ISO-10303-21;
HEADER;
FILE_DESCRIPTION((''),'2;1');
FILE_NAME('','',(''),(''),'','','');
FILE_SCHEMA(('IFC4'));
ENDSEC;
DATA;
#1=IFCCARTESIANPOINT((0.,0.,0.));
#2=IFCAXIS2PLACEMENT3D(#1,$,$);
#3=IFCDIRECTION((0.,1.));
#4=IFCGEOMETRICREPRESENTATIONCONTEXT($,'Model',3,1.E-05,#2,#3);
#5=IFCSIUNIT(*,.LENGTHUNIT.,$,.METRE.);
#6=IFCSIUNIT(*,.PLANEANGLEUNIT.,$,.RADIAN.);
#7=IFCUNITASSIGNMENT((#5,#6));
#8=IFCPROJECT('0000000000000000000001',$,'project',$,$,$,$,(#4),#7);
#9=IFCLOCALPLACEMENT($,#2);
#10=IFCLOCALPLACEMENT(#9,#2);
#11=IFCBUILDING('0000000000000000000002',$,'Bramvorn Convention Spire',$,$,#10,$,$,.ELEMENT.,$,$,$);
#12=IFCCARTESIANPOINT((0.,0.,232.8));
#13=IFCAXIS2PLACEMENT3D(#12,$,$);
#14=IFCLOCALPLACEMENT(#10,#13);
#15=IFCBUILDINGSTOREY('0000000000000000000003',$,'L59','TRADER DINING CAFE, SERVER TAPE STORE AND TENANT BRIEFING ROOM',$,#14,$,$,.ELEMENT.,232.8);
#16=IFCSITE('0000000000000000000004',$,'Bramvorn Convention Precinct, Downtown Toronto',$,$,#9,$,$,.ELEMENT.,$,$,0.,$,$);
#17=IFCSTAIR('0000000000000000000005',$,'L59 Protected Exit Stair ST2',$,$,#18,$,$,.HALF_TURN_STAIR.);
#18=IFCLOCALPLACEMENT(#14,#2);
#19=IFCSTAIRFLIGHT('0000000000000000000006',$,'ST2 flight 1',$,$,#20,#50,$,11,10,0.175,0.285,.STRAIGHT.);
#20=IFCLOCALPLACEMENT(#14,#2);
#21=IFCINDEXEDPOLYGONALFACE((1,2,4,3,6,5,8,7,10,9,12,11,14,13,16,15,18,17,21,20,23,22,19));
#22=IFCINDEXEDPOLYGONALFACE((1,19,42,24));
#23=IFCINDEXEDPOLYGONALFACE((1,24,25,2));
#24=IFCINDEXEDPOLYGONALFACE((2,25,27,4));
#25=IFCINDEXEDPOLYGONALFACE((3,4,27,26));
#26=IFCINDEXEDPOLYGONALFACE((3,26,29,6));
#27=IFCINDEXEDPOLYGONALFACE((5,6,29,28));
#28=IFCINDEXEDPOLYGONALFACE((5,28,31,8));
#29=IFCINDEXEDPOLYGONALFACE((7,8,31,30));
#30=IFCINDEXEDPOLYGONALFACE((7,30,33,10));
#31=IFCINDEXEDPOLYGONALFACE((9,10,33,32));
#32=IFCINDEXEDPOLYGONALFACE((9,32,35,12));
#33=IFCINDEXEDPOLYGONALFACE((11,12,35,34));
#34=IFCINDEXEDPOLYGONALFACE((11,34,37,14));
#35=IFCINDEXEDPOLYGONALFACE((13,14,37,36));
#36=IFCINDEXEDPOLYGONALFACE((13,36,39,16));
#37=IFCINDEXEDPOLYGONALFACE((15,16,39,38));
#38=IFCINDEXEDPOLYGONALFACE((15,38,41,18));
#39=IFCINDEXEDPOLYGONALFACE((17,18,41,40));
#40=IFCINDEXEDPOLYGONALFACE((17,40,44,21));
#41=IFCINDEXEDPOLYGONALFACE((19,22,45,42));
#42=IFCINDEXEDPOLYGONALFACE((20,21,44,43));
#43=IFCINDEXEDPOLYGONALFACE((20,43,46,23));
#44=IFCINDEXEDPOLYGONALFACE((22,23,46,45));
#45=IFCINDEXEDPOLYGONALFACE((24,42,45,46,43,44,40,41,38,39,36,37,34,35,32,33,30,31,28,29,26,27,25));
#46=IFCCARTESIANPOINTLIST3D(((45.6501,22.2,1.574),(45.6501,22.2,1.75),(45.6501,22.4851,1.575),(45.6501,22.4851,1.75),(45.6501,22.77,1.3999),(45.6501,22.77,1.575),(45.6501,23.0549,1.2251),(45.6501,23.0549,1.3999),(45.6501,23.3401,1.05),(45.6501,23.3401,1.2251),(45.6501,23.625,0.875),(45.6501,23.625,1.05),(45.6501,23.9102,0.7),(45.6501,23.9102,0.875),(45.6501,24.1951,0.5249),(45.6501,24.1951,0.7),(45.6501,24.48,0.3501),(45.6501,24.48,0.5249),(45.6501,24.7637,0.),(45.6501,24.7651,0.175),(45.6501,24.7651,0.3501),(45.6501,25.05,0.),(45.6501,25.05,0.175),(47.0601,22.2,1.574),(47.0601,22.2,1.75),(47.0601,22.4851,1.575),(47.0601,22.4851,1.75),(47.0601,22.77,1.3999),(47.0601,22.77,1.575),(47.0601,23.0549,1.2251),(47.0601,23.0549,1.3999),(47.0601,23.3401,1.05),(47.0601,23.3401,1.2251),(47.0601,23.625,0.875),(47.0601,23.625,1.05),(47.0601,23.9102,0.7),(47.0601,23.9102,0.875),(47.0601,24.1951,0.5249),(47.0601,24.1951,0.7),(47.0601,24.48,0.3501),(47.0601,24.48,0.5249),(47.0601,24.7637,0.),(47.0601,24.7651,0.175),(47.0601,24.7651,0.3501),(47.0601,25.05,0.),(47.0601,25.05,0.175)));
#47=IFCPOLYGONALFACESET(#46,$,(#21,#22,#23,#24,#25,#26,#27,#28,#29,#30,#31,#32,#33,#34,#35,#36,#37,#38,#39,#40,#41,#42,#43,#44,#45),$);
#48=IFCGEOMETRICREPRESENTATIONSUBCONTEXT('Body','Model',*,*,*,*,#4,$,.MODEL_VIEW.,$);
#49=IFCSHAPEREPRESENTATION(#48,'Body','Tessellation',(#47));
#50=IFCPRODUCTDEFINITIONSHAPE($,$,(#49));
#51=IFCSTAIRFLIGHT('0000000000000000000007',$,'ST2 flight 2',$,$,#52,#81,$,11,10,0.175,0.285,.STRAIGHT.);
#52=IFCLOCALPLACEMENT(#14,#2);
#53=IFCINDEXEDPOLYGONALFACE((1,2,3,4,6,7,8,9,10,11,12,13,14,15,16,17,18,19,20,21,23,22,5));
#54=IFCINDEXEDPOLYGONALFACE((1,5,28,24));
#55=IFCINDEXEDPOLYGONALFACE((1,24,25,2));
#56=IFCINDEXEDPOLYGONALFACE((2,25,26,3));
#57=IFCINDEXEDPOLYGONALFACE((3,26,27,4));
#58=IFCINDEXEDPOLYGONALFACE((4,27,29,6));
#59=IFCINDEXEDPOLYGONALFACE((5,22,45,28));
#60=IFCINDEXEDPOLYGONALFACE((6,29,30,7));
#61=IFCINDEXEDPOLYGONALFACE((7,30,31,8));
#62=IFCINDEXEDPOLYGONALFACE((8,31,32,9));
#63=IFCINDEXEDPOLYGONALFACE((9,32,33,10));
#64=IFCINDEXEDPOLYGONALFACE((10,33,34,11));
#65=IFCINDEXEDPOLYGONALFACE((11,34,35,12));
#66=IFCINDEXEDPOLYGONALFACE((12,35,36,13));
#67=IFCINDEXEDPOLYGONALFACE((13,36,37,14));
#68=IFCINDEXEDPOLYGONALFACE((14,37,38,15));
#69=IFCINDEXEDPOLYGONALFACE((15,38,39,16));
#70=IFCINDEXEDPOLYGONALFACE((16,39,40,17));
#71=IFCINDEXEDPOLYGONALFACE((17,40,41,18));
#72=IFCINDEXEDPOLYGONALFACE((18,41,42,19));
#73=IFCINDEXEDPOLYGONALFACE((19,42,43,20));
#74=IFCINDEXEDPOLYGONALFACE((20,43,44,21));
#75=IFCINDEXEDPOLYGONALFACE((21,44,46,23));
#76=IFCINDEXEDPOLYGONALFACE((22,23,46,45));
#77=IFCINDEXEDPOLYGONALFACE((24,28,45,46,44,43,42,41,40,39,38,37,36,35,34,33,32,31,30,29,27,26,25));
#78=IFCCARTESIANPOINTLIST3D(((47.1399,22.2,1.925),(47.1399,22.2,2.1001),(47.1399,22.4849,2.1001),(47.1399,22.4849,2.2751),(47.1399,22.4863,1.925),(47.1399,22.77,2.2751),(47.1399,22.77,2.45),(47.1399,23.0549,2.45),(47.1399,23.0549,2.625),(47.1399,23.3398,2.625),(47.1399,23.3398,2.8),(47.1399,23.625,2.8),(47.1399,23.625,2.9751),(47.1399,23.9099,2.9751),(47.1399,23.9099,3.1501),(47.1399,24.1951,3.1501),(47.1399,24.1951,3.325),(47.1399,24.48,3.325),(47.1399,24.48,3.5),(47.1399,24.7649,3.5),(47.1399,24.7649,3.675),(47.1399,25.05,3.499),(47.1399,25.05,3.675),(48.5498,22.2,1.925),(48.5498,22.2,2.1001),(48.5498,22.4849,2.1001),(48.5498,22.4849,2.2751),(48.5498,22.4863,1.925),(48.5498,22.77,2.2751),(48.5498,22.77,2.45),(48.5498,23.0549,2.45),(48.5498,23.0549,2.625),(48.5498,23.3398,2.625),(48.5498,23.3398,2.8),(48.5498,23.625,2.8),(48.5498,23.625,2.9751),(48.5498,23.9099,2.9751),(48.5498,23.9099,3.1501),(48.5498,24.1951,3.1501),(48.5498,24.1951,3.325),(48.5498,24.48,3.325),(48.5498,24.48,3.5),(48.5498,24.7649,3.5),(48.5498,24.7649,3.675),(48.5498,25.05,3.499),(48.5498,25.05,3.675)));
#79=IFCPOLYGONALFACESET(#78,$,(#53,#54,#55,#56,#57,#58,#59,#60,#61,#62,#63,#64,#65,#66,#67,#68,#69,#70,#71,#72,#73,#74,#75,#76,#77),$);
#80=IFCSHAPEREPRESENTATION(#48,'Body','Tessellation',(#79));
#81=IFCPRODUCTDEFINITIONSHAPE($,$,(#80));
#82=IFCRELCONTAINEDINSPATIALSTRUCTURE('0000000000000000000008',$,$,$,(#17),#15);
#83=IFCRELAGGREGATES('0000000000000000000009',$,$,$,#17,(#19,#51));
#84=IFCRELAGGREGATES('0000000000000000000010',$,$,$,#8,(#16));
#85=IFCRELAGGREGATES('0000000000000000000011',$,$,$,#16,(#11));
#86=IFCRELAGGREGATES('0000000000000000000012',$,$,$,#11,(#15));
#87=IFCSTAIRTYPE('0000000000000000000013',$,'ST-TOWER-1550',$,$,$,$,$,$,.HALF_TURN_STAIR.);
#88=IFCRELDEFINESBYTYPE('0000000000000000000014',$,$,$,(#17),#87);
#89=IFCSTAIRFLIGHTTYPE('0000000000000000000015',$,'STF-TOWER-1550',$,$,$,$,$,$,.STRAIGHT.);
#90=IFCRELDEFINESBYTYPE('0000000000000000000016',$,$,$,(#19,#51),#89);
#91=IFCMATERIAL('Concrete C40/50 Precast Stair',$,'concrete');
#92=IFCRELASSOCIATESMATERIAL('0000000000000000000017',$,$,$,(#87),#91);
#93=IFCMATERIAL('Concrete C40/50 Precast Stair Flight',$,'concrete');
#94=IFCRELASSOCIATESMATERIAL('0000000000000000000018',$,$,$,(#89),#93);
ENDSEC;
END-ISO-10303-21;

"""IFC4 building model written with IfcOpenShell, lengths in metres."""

from ifc_helpers import new_model, si_unit, direction, frame, origin, place, context, subcontext, project, spatial, polyline, outline, extrude, material, type_object, element, aggregate, save


model = new_model("IFC4")

# Units and contexts
model_context = context("Model", 3, precision=1e-05, world=origin(), true_north=direction((0.0, 1.0)))
body_context = subcontext(model_context, "Body", "Model", "MODEL_VIEW")
ifc_project = project(units=[si_unit("LENGTHUNIT", "METRE"), si_unit("PLANEANGLEUNIT", "RADIAN")], contexts=[model_context])

# Site, building, storey
site_placement = place(None, origin())
site = spatial("IfcSite", under=ifc_project, at=site_placement, Name="Bramvorn Convention Precinct, Downtown Toronto", CompositionType="ELEMENT", RefElevation=0.0)
building_placement = place(site_placement, origin())
building = spatial("IfcBuilding", under=site, at=building_placement, Name="Bramvorn Convention Spire", CompositionType="ELEMENT")
storey_placement = place(building_placement, frame((0.0, 0.0, 232.8)))
storey = spatial("IfcBuildingStorey", under=building, at=storey_placement, Name="L59", Description="TRADER DINING CAFE, SERVER TAPE STORE AND TENANT BRIEFING ROOM", CompositionType="ELEMENT", Elevation=232.8)

# Stair, stair flights
ifc_material_1 = material(Name="Concrete C40/50 Precast Stair", Category="concrete")
stair_type = type_object("IfcStairType", Name="ST-TOWER-1550", PredefinedType="HALF_TURN_STAIR", material=ifc_material_1)
stair_placement = place(storey_placement, origin())
stair = element("IfcStair", 1, at=stair_placement, inside=storey, type_object=stair_type, Name="L59 Protected Exit Stair ST2", PredefinedType="HALF_TURN_STAIR")
ifc_material_2 = material(Name="Concrete C40/50 Precast Stair Flight", Category="concrete")
stair_flight_type = type_object("IfcStairFlightType", Name="STF-TOWER-1550", PredefinedType="STRAIGHT", material=ifc_material_2)
stair_flight_1_placement = place(storey_placement, frame((46.355, 25.05, 0.0), z_axis=(0.0, 0.0, 1.0), x_axis=(0.0, -1.0, 0.0)))
stair_flight_1 = element("IfcStairFlight", 2, at=stair_flight_1_placement, type_object=stair_flight_type, Name="ST2 flight 1", NumberOfRisers=11, NumberOfTreads=10, PredefinedType="STRAIGHT", RiserHeight=0.175, TreadLength=0.285, context=body_context, shape_type="SweptSolid", body=[
    extrude(outline(polyline([(0.0, 0.0), (0.0, 0.175), (0.2849, 0.175), (0.2849, 0.3501), (0.5701, 0.3501), (0.5701, 0.5249), (0.855, 0.5249), (0.855, 0.7), (1.1399, 0.7), (1.1399, 0.875), (1.425, 0.875), (1.425, 1.05), (1.71, 1.05), (1.71, 1.2251), (1.9951, 1.2251), (1.9951, 1.3999), (2.28, 1.3999), (2.28, 1.575), (2.5649, 1.575), (2.5649, 1.75), (2.8501, 1.75), (2.8501, 1.925), (2.8501, 1.574), (0.2864, 0.0), (0.0, 0.0)])), frame((0.0, 0.7051, 0.0), z_axis=(0.0, -1.0, 0.0), x_axis=(1.0, 0.0, 0.0)), (0.0, 0.0, 1.0), 1.4099),
])
stair_flight_2_placement = place(storey_placement, frame((47.845, 22.2, 1.925), z_axis=(0.0, 0.0, 1.0), x_axis=(0.0, 1.0, 0.0)))
stair_flight_2 = element("IfcStairFlight", 3, at=stair_flight_2_placement, type_object=stair_flight_type, Name="ST2 flight 2", NumberOfRisers=11, NumberOfTreads=10, PredefinedType="STRAIGHT", RiserHeight=0.175, TreadLength=0.285, context=body_context, shape_type="SweptSolid", body=[
    extrude(outline(polyline([(0.0, 0.0), (0.0, 0.175), (0.2849, 0.175), (0.2849, 0.3501), (0.5701, 0.3501), (0.5701, 0.5249), (0.855, 0.5249), (0.855, 0.7), (1.1399, 0.7), (1.1399, 0.875), (1.425, 0.875), (1.425, 1.05), (1.71, 1.05), (1.71, 1.2251), (1.9951, 1.2251), (1.9951, 1.3999), (2.28, 1.3999), (2.28, 1.575), (2.5649, 1.575), (2.5649, 1.75), (2.8501, 1.75), (2.8501, 1.925), (2.8501, 1.574), (0.2864, 0.0), (0.0, 0.0)])), frame((0.0, 0.7051, 0.0), z_axis=(0.0, -1.0, 0.0), x_axis=(1.0, 0.0, 0.0)), (0.0, 0.0, 1.0), 1.4099),
])
aggregate(stair, [stair_flight_1, stair_flight_2])

save(model, "model.ifc")
